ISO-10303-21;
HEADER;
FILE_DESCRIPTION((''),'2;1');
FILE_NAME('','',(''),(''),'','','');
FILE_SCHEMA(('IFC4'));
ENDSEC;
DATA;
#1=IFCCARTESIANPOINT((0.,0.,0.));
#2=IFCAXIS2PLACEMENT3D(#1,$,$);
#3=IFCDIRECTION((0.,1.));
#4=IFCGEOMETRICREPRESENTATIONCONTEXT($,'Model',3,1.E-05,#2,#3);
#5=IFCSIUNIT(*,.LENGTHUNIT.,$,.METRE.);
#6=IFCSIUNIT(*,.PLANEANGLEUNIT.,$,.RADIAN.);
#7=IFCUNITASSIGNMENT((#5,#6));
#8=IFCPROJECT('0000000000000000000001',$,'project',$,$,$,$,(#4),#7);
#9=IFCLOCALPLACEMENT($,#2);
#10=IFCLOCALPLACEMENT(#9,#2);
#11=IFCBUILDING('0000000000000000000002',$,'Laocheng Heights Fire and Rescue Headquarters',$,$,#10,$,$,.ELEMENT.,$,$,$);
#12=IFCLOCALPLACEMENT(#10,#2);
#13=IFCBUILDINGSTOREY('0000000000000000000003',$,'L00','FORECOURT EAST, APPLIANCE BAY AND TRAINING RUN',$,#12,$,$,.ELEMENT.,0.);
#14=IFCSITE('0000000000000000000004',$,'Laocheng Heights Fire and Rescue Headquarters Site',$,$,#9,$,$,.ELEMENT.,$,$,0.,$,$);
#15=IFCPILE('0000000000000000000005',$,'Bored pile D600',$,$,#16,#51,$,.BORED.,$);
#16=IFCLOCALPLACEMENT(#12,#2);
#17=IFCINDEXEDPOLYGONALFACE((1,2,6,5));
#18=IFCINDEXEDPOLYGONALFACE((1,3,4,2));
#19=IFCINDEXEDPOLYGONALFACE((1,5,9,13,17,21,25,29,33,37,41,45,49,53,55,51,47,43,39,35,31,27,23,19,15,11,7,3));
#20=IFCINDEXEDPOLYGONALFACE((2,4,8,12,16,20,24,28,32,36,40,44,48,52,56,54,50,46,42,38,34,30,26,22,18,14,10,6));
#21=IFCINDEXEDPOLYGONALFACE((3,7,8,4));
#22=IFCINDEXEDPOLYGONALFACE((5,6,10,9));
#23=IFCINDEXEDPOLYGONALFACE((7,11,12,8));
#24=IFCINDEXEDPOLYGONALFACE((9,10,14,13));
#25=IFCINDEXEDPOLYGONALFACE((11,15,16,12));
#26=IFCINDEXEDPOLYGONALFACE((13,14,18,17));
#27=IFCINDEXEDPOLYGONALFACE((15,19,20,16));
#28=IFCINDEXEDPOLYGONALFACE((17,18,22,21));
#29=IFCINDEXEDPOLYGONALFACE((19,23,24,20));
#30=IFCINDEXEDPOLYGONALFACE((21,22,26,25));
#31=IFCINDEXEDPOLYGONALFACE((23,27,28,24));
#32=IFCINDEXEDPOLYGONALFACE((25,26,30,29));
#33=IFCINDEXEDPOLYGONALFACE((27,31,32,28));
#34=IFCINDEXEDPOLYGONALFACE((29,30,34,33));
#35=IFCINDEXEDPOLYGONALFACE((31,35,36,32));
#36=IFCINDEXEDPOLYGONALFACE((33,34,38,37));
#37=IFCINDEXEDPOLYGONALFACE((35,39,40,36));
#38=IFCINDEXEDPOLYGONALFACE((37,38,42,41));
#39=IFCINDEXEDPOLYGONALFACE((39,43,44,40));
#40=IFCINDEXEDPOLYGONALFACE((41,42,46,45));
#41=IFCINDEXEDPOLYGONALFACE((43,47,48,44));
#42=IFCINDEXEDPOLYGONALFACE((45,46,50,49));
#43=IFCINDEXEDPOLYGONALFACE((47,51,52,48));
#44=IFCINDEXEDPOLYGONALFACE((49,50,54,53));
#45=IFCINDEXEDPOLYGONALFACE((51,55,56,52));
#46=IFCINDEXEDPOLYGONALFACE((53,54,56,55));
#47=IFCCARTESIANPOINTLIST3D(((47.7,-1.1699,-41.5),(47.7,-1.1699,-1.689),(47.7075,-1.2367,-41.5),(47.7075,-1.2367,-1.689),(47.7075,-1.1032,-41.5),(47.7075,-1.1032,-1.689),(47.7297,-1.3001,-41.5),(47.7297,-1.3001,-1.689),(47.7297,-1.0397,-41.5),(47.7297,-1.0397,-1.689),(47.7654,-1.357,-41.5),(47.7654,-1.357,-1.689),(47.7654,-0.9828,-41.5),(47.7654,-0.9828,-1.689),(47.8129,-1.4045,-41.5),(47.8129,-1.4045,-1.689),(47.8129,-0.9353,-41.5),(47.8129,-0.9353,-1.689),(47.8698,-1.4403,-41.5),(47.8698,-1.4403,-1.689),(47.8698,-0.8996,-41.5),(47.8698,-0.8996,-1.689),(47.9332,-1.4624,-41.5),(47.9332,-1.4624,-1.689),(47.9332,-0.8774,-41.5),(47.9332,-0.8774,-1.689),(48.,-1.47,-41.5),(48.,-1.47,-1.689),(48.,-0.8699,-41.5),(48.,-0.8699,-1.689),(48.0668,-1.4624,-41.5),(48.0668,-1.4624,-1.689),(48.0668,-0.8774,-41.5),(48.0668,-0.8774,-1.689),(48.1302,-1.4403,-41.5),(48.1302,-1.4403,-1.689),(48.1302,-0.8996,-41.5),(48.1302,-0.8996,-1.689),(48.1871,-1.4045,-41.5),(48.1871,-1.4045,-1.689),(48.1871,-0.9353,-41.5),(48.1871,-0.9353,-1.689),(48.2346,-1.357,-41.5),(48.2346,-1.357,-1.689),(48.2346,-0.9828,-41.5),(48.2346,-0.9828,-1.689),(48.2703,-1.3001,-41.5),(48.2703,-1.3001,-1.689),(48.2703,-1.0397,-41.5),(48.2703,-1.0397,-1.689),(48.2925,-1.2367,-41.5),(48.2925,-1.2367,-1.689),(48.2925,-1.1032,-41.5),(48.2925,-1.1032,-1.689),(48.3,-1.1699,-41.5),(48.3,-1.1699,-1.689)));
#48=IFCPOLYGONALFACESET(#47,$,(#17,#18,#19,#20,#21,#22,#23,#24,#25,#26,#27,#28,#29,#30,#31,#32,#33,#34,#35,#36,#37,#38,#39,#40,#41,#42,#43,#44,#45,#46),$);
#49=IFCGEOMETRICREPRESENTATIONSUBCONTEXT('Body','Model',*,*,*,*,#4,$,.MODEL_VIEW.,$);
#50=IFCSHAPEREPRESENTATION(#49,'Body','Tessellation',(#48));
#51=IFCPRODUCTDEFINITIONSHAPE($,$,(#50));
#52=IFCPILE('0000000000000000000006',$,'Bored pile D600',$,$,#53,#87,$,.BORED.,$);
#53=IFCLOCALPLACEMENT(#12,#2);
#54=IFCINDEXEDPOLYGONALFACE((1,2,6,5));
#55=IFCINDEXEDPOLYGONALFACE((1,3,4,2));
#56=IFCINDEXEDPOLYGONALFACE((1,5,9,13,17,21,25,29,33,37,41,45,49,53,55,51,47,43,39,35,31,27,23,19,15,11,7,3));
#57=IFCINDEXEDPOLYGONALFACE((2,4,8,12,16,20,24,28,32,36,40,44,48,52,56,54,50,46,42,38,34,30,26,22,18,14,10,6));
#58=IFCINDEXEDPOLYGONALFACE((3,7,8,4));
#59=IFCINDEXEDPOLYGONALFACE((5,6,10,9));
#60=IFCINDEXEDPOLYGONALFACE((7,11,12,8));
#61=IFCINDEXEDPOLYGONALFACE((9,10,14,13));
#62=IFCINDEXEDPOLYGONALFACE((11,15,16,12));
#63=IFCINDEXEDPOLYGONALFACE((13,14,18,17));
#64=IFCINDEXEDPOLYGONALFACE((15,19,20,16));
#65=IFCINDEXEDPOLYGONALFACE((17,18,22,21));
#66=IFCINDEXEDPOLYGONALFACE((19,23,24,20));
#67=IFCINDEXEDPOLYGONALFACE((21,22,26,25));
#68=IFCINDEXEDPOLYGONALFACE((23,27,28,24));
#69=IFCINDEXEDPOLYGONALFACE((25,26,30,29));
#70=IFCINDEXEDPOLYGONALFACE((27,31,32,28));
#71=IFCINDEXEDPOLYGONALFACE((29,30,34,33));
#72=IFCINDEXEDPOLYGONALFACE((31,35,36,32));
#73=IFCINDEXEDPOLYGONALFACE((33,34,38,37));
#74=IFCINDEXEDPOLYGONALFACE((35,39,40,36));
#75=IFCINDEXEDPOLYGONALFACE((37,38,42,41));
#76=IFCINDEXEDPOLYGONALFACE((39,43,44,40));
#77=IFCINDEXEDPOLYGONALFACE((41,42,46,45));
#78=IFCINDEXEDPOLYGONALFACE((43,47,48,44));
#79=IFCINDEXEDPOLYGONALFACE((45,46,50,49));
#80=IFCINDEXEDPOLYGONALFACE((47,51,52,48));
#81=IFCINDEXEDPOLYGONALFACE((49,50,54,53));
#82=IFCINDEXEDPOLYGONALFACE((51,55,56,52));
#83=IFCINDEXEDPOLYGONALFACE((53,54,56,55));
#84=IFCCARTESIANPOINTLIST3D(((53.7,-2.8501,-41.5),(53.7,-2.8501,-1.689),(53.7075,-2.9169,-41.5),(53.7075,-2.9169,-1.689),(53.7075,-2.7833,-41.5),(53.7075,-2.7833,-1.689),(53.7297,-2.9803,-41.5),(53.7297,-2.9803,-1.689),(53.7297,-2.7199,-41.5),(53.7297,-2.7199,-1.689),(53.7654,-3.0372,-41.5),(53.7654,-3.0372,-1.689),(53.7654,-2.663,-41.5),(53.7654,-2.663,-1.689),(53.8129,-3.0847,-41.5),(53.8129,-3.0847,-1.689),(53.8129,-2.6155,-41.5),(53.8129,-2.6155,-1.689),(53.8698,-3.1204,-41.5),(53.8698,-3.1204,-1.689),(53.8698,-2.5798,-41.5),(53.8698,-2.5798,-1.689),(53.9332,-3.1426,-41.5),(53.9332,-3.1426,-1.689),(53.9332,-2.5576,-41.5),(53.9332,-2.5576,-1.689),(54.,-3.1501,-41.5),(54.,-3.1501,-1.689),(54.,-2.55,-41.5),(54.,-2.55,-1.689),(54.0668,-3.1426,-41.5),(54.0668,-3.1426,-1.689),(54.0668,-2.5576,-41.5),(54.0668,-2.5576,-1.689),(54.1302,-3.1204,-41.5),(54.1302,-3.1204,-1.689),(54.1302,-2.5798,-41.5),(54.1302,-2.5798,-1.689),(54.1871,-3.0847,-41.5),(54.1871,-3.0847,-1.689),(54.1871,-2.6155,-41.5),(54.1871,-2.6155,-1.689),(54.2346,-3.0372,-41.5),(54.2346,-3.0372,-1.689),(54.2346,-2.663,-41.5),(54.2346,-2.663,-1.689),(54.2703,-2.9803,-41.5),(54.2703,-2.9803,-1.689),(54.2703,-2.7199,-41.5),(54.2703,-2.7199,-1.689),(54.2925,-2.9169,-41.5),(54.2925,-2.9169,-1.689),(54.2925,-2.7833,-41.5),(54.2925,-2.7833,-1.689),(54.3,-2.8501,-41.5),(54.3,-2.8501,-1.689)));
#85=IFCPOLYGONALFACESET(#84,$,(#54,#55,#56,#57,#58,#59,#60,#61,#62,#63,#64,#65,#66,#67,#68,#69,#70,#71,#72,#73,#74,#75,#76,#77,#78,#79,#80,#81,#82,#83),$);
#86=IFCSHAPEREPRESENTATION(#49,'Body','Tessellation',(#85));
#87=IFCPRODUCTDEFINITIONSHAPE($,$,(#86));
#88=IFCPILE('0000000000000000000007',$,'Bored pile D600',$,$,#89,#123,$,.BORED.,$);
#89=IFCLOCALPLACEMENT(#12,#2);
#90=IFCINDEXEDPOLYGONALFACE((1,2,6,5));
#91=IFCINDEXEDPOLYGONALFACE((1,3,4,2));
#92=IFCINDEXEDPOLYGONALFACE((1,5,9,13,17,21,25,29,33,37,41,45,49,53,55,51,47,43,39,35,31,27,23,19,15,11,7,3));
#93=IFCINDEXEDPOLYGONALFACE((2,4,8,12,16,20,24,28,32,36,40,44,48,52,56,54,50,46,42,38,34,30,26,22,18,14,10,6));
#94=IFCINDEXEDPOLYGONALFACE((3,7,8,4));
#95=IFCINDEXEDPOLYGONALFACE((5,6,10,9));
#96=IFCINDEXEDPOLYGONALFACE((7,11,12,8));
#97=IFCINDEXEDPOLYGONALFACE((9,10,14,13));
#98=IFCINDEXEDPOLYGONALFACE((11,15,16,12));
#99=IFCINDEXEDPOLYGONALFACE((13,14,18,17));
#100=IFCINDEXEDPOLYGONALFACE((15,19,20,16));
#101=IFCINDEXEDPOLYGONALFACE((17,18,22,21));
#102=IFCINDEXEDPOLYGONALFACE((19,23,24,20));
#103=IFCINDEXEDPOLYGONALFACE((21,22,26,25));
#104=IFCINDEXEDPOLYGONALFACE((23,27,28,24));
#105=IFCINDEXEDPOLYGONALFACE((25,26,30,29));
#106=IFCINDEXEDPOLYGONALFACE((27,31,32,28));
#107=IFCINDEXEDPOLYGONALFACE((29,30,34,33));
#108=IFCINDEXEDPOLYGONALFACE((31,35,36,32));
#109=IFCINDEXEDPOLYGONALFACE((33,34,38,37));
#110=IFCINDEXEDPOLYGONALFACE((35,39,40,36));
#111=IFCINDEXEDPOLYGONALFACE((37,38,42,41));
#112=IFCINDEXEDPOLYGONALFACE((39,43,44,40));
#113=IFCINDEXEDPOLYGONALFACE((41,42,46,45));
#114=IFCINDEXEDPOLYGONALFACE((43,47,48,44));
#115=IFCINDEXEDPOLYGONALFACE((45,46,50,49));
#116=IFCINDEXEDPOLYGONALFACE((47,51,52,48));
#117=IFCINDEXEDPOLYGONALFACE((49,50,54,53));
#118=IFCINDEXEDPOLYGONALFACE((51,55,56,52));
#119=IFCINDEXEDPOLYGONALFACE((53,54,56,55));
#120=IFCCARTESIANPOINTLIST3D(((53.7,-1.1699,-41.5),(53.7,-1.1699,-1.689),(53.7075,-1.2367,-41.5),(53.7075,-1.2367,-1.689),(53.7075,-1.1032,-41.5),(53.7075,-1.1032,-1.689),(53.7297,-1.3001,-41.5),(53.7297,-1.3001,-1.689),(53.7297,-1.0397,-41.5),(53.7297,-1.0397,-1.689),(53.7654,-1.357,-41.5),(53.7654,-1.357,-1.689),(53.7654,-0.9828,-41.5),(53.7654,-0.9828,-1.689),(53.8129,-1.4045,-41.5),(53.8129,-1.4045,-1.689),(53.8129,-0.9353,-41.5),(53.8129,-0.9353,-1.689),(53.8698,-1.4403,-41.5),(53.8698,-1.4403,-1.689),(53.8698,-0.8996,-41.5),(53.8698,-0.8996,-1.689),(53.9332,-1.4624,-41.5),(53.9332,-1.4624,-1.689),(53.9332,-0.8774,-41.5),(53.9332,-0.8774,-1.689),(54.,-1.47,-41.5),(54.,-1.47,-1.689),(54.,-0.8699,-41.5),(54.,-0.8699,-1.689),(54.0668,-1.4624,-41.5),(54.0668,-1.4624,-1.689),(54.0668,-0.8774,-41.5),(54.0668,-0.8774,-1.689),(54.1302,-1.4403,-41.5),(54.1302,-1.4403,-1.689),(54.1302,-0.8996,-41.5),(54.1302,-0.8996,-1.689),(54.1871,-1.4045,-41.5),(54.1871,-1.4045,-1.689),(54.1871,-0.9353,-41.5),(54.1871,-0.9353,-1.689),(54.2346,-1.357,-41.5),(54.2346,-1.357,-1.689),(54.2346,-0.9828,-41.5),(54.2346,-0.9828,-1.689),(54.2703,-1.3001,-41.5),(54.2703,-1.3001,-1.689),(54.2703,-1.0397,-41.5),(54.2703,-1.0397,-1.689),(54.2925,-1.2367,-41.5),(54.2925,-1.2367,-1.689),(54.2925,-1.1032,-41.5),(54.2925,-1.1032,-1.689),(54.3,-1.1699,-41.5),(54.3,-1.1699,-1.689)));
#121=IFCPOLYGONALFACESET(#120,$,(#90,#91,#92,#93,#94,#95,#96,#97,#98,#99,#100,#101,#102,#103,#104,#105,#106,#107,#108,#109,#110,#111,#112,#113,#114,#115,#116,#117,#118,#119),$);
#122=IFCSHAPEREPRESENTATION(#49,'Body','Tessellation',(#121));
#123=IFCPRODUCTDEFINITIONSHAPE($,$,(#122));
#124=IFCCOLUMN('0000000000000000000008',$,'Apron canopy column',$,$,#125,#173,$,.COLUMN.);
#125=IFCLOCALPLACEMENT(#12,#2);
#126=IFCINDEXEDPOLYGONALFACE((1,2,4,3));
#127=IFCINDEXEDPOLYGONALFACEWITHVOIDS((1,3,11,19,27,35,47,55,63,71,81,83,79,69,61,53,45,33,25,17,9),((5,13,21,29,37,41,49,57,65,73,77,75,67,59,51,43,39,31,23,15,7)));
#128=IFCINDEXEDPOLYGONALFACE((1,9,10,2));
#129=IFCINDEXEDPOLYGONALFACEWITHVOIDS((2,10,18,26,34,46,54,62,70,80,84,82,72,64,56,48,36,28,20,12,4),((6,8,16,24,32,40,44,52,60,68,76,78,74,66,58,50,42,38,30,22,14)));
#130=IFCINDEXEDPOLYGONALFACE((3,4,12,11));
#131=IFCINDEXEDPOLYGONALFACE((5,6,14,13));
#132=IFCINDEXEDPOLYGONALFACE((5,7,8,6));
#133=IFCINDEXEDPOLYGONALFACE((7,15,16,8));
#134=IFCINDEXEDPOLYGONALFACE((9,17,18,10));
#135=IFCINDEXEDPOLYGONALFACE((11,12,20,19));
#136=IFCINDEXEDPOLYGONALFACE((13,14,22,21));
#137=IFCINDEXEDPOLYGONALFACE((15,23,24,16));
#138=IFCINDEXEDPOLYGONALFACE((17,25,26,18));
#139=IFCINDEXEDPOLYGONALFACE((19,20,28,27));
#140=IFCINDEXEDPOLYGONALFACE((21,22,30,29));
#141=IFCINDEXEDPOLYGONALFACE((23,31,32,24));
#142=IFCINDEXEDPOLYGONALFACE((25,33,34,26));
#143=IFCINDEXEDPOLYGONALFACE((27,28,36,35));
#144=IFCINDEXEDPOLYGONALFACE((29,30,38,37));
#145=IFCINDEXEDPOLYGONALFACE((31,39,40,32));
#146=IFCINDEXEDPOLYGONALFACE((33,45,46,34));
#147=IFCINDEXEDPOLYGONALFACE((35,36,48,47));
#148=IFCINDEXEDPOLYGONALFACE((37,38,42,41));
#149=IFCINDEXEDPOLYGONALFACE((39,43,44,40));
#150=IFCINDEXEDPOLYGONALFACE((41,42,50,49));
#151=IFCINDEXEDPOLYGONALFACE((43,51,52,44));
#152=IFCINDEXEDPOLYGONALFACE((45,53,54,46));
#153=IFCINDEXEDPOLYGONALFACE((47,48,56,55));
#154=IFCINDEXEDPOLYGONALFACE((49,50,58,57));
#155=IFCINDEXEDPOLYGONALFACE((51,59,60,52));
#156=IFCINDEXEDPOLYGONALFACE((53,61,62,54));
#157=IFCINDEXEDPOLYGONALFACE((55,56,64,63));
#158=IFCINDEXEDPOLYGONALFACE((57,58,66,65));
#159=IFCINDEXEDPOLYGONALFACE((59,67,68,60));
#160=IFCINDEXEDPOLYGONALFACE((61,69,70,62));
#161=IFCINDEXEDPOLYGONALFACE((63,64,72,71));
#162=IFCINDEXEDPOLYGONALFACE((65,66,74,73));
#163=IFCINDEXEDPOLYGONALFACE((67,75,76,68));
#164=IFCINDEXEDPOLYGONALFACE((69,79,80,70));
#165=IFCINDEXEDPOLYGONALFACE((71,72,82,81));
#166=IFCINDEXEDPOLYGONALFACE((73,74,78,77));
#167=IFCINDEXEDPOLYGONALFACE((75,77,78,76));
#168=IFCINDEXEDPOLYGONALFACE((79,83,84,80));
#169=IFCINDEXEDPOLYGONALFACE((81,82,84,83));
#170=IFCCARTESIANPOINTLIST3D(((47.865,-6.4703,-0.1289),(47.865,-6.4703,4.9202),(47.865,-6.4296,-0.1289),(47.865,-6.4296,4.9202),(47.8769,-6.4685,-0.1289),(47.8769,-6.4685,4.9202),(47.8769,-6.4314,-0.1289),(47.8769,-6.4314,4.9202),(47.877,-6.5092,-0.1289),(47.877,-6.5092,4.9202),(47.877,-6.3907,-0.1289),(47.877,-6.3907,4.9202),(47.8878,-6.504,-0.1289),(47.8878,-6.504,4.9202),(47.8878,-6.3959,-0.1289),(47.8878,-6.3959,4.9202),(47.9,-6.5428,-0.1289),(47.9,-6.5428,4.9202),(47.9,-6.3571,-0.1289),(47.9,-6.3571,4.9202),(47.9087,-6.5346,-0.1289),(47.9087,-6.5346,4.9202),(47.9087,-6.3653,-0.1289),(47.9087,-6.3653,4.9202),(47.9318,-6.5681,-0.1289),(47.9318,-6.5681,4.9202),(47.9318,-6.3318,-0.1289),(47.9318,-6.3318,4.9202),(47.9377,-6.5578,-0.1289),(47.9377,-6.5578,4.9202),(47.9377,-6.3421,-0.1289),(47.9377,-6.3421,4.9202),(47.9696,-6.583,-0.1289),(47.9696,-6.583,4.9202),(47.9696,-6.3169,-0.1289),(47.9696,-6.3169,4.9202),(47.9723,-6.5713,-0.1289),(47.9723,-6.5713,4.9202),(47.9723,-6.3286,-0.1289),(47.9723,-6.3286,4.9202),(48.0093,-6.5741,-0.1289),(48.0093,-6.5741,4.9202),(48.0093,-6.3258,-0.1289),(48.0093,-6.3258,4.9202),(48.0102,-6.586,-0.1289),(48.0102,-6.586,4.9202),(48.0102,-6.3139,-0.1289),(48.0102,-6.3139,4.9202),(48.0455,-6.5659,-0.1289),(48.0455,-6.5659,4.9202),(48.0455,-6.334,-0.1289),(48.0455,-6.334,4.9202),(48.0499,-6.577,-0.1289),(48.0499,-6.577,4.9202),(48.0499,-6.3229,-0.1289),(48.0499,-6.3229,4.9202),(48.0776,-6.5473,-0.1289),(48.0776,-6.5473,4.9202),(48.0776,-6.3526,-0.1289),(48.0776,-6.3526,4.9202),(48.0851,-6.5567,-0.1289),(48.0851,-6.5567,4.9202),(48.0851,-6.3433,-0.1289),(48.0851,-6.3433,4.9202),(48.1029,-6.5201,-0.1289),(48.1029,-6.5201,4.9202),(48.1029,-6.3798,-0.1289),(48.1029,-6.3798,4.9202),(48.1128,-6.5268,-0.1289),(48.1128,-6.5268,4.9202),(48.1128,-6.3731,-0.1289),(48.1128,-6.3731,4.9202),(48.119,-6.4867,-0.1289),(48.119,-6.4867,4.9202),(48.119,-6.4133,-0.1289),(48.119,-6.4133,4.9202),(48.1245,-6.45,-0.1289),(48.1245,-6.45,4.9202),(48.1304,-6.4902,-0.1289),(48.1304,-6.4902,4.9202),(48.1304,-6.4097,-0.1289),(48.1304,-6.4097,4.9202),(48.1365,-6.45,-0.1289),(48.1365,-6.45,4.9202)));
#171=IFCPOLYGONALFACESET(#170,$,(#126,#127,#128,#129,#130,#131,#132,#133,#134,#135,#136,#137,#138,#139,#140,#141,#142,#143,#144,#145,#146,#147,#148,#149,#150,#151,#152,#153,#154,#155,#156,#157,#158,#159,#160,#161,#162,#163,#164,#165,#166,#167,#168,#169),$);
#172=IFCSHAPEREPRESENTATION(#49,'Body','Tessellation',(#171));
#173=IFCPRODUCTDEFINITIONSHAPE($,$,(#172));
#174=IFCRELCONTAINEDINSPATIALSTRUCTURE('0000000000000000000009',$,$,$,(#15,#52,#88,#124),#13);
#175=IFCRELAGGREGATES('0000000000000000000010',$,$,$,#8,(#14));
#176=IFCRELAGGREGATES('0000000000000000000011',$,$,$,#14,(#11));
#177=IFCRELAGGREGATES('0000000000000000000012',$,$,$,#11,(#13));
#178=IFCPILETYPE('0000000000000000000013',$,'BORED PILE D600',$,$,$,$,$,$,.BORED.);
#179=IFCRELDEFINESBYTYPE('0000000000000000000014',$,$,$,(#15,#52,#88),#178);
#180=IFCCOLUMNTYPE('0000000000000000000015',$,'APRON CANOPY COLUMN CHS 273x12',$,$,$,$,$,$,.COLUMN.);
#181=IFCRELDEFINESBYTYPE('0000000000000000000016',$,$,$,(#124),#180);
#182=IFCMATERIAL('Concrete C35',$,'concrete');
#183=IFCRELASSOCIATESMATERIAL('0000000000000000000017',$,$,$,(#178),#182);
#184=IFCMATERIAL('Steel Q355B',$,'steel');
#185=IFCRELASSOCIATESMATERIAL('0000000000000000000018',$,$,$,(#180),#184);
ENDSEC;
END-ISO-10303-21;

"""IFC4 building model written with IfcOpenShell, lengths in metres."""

from ifc_helpers import new_model, si_unit, direction, frame, origin, origin_2d, place, context, subcontext, project, spatial, circle, hollow_circle, extrude, material, material_profile, profile_set, type_object, element, save


model = new_model("IFC4")

# Units and contexts
model_context = context("Model", 3, precision=1e-05, world=origin(), true_north=direction((0.0, 1.0)))
body_context = subcontext(model_context, "Body", "Model", "MODEL_VIEW")
ifc_project = project(units=[si_unit("LENGTHUNIT", "METRE"), si_unit("PLANEANGLEUNIT", "RADIAN")], contexts=[model_context])

# Site, building, storey
site_placement = place(None, origin())
site = spatial("IfcSite", under=ifc_project, at=site_placement, Name="Laocheng Heights Fire and Rescue Headquarters Site", CompositionType="ELEMENT", RefElevation=0.0)
building_placement = place(site_placement, origin())
building = spatial("IfcBuilding", under=site, at=building_placement, Name="Laocheng Heights Fire and Rescue Headquarters", CompositionType="ELEMENT")
storey_placement = place(building_placement, origin())
storey = spatial("IfcBuildingStorey", under=building, at=storey_placement, Name="L00", Description="FORECOURT EAST, APPLIANCE BAY AND TRAINING RUN", CompositionType="ELEMENT", Elevation=0.0)

# Piles
ifc_material_1 = material(Name="Concrete C35", Category="concrete")
ifc_material_profile_1 = material_profile(ifc_material_1, circle(Radius=0.3, at=origin_2d()), Name="BORED PILE D600")
ifc_profile_set_1 = profile_set([ifc_material_profile_1], Name="Concrete C35")
pile_type = type_object("IfcPileType", Name="BORED PILE D600", PredefinedType="BORED", material=ifc_profile_set_1)
for number, where, z_axis, x_axis, name in (
    (1, (48.0, -1.1699, -1.689), (0.0, 0.0, -1.0), (1.0, 0.0, 0.0), "Bored pile D600"),
    (2, (54.0, -2.8501, -1.689), (0.0, 0.0, -1.0), (1.0, 0.0, 0.0), "Bored pile D600"),
    (3, (54.0, -1.1699, -1.689), (0.0, 0.0, -1.0), (1.0, 0.0, 0.0), "Bored pile D600"),
):
    element("IfcPile", number, at=place(storey_placement, frame(where, z_axis=z_axis, x_axis=x_axis)), inside=storey, type_object=pile_type, Name=name, PredefinedType="BORED", context=body_context, shape_type="SweptSolid", body=[
        extrude(circle(Radius=0.3, at=origin_2d()), origin(), (0.0, 0.0, 1.0), 39.811),
    ])

# Column
ifc_material_2 = material(Name="Steel Q355B", Category="steel")
ifc_material_profile_2 = material_profile(ifc_material_2, hollow_circle(Radius=0.1365, WallThickness=0.012, at=origin_2d()), Name="CHS 273x12")
ifc_profile_set_2 = profile_set([ifc_material_profile_2], Name="Steel Q355B")
column_type_1 = type_object("IfcColumnType", Name="APRON CANOPY COLUMN CHS 273x12", PredefinedType="COLUMN", material=ifc_profile_set_2)
for number, where, z_axis, x_axis, name in (
    (4, (48.0, -6.45, -0.1289), (0.0, 0.0, 1.0), (1.0, 0.0, 0.0), "Apron canopy column"),
):
    element("IfcColumn", number, at=place(storey_placement, frame(where, z_axis=z_axis, x_axis=x_axis)), inside=storey, type_object=column_type_1, Name=name, PredefinedType="COLUMN", context=body_context, shape_type="SweptSolid", body=[
        extrude(hollow_circle(Radius=0.1365, WallThickness=0.012, at=origin_2d()), origin(), (0.0, 0.0, 1.0), 5.0491),
    ])

save(model, "model.ifc")
